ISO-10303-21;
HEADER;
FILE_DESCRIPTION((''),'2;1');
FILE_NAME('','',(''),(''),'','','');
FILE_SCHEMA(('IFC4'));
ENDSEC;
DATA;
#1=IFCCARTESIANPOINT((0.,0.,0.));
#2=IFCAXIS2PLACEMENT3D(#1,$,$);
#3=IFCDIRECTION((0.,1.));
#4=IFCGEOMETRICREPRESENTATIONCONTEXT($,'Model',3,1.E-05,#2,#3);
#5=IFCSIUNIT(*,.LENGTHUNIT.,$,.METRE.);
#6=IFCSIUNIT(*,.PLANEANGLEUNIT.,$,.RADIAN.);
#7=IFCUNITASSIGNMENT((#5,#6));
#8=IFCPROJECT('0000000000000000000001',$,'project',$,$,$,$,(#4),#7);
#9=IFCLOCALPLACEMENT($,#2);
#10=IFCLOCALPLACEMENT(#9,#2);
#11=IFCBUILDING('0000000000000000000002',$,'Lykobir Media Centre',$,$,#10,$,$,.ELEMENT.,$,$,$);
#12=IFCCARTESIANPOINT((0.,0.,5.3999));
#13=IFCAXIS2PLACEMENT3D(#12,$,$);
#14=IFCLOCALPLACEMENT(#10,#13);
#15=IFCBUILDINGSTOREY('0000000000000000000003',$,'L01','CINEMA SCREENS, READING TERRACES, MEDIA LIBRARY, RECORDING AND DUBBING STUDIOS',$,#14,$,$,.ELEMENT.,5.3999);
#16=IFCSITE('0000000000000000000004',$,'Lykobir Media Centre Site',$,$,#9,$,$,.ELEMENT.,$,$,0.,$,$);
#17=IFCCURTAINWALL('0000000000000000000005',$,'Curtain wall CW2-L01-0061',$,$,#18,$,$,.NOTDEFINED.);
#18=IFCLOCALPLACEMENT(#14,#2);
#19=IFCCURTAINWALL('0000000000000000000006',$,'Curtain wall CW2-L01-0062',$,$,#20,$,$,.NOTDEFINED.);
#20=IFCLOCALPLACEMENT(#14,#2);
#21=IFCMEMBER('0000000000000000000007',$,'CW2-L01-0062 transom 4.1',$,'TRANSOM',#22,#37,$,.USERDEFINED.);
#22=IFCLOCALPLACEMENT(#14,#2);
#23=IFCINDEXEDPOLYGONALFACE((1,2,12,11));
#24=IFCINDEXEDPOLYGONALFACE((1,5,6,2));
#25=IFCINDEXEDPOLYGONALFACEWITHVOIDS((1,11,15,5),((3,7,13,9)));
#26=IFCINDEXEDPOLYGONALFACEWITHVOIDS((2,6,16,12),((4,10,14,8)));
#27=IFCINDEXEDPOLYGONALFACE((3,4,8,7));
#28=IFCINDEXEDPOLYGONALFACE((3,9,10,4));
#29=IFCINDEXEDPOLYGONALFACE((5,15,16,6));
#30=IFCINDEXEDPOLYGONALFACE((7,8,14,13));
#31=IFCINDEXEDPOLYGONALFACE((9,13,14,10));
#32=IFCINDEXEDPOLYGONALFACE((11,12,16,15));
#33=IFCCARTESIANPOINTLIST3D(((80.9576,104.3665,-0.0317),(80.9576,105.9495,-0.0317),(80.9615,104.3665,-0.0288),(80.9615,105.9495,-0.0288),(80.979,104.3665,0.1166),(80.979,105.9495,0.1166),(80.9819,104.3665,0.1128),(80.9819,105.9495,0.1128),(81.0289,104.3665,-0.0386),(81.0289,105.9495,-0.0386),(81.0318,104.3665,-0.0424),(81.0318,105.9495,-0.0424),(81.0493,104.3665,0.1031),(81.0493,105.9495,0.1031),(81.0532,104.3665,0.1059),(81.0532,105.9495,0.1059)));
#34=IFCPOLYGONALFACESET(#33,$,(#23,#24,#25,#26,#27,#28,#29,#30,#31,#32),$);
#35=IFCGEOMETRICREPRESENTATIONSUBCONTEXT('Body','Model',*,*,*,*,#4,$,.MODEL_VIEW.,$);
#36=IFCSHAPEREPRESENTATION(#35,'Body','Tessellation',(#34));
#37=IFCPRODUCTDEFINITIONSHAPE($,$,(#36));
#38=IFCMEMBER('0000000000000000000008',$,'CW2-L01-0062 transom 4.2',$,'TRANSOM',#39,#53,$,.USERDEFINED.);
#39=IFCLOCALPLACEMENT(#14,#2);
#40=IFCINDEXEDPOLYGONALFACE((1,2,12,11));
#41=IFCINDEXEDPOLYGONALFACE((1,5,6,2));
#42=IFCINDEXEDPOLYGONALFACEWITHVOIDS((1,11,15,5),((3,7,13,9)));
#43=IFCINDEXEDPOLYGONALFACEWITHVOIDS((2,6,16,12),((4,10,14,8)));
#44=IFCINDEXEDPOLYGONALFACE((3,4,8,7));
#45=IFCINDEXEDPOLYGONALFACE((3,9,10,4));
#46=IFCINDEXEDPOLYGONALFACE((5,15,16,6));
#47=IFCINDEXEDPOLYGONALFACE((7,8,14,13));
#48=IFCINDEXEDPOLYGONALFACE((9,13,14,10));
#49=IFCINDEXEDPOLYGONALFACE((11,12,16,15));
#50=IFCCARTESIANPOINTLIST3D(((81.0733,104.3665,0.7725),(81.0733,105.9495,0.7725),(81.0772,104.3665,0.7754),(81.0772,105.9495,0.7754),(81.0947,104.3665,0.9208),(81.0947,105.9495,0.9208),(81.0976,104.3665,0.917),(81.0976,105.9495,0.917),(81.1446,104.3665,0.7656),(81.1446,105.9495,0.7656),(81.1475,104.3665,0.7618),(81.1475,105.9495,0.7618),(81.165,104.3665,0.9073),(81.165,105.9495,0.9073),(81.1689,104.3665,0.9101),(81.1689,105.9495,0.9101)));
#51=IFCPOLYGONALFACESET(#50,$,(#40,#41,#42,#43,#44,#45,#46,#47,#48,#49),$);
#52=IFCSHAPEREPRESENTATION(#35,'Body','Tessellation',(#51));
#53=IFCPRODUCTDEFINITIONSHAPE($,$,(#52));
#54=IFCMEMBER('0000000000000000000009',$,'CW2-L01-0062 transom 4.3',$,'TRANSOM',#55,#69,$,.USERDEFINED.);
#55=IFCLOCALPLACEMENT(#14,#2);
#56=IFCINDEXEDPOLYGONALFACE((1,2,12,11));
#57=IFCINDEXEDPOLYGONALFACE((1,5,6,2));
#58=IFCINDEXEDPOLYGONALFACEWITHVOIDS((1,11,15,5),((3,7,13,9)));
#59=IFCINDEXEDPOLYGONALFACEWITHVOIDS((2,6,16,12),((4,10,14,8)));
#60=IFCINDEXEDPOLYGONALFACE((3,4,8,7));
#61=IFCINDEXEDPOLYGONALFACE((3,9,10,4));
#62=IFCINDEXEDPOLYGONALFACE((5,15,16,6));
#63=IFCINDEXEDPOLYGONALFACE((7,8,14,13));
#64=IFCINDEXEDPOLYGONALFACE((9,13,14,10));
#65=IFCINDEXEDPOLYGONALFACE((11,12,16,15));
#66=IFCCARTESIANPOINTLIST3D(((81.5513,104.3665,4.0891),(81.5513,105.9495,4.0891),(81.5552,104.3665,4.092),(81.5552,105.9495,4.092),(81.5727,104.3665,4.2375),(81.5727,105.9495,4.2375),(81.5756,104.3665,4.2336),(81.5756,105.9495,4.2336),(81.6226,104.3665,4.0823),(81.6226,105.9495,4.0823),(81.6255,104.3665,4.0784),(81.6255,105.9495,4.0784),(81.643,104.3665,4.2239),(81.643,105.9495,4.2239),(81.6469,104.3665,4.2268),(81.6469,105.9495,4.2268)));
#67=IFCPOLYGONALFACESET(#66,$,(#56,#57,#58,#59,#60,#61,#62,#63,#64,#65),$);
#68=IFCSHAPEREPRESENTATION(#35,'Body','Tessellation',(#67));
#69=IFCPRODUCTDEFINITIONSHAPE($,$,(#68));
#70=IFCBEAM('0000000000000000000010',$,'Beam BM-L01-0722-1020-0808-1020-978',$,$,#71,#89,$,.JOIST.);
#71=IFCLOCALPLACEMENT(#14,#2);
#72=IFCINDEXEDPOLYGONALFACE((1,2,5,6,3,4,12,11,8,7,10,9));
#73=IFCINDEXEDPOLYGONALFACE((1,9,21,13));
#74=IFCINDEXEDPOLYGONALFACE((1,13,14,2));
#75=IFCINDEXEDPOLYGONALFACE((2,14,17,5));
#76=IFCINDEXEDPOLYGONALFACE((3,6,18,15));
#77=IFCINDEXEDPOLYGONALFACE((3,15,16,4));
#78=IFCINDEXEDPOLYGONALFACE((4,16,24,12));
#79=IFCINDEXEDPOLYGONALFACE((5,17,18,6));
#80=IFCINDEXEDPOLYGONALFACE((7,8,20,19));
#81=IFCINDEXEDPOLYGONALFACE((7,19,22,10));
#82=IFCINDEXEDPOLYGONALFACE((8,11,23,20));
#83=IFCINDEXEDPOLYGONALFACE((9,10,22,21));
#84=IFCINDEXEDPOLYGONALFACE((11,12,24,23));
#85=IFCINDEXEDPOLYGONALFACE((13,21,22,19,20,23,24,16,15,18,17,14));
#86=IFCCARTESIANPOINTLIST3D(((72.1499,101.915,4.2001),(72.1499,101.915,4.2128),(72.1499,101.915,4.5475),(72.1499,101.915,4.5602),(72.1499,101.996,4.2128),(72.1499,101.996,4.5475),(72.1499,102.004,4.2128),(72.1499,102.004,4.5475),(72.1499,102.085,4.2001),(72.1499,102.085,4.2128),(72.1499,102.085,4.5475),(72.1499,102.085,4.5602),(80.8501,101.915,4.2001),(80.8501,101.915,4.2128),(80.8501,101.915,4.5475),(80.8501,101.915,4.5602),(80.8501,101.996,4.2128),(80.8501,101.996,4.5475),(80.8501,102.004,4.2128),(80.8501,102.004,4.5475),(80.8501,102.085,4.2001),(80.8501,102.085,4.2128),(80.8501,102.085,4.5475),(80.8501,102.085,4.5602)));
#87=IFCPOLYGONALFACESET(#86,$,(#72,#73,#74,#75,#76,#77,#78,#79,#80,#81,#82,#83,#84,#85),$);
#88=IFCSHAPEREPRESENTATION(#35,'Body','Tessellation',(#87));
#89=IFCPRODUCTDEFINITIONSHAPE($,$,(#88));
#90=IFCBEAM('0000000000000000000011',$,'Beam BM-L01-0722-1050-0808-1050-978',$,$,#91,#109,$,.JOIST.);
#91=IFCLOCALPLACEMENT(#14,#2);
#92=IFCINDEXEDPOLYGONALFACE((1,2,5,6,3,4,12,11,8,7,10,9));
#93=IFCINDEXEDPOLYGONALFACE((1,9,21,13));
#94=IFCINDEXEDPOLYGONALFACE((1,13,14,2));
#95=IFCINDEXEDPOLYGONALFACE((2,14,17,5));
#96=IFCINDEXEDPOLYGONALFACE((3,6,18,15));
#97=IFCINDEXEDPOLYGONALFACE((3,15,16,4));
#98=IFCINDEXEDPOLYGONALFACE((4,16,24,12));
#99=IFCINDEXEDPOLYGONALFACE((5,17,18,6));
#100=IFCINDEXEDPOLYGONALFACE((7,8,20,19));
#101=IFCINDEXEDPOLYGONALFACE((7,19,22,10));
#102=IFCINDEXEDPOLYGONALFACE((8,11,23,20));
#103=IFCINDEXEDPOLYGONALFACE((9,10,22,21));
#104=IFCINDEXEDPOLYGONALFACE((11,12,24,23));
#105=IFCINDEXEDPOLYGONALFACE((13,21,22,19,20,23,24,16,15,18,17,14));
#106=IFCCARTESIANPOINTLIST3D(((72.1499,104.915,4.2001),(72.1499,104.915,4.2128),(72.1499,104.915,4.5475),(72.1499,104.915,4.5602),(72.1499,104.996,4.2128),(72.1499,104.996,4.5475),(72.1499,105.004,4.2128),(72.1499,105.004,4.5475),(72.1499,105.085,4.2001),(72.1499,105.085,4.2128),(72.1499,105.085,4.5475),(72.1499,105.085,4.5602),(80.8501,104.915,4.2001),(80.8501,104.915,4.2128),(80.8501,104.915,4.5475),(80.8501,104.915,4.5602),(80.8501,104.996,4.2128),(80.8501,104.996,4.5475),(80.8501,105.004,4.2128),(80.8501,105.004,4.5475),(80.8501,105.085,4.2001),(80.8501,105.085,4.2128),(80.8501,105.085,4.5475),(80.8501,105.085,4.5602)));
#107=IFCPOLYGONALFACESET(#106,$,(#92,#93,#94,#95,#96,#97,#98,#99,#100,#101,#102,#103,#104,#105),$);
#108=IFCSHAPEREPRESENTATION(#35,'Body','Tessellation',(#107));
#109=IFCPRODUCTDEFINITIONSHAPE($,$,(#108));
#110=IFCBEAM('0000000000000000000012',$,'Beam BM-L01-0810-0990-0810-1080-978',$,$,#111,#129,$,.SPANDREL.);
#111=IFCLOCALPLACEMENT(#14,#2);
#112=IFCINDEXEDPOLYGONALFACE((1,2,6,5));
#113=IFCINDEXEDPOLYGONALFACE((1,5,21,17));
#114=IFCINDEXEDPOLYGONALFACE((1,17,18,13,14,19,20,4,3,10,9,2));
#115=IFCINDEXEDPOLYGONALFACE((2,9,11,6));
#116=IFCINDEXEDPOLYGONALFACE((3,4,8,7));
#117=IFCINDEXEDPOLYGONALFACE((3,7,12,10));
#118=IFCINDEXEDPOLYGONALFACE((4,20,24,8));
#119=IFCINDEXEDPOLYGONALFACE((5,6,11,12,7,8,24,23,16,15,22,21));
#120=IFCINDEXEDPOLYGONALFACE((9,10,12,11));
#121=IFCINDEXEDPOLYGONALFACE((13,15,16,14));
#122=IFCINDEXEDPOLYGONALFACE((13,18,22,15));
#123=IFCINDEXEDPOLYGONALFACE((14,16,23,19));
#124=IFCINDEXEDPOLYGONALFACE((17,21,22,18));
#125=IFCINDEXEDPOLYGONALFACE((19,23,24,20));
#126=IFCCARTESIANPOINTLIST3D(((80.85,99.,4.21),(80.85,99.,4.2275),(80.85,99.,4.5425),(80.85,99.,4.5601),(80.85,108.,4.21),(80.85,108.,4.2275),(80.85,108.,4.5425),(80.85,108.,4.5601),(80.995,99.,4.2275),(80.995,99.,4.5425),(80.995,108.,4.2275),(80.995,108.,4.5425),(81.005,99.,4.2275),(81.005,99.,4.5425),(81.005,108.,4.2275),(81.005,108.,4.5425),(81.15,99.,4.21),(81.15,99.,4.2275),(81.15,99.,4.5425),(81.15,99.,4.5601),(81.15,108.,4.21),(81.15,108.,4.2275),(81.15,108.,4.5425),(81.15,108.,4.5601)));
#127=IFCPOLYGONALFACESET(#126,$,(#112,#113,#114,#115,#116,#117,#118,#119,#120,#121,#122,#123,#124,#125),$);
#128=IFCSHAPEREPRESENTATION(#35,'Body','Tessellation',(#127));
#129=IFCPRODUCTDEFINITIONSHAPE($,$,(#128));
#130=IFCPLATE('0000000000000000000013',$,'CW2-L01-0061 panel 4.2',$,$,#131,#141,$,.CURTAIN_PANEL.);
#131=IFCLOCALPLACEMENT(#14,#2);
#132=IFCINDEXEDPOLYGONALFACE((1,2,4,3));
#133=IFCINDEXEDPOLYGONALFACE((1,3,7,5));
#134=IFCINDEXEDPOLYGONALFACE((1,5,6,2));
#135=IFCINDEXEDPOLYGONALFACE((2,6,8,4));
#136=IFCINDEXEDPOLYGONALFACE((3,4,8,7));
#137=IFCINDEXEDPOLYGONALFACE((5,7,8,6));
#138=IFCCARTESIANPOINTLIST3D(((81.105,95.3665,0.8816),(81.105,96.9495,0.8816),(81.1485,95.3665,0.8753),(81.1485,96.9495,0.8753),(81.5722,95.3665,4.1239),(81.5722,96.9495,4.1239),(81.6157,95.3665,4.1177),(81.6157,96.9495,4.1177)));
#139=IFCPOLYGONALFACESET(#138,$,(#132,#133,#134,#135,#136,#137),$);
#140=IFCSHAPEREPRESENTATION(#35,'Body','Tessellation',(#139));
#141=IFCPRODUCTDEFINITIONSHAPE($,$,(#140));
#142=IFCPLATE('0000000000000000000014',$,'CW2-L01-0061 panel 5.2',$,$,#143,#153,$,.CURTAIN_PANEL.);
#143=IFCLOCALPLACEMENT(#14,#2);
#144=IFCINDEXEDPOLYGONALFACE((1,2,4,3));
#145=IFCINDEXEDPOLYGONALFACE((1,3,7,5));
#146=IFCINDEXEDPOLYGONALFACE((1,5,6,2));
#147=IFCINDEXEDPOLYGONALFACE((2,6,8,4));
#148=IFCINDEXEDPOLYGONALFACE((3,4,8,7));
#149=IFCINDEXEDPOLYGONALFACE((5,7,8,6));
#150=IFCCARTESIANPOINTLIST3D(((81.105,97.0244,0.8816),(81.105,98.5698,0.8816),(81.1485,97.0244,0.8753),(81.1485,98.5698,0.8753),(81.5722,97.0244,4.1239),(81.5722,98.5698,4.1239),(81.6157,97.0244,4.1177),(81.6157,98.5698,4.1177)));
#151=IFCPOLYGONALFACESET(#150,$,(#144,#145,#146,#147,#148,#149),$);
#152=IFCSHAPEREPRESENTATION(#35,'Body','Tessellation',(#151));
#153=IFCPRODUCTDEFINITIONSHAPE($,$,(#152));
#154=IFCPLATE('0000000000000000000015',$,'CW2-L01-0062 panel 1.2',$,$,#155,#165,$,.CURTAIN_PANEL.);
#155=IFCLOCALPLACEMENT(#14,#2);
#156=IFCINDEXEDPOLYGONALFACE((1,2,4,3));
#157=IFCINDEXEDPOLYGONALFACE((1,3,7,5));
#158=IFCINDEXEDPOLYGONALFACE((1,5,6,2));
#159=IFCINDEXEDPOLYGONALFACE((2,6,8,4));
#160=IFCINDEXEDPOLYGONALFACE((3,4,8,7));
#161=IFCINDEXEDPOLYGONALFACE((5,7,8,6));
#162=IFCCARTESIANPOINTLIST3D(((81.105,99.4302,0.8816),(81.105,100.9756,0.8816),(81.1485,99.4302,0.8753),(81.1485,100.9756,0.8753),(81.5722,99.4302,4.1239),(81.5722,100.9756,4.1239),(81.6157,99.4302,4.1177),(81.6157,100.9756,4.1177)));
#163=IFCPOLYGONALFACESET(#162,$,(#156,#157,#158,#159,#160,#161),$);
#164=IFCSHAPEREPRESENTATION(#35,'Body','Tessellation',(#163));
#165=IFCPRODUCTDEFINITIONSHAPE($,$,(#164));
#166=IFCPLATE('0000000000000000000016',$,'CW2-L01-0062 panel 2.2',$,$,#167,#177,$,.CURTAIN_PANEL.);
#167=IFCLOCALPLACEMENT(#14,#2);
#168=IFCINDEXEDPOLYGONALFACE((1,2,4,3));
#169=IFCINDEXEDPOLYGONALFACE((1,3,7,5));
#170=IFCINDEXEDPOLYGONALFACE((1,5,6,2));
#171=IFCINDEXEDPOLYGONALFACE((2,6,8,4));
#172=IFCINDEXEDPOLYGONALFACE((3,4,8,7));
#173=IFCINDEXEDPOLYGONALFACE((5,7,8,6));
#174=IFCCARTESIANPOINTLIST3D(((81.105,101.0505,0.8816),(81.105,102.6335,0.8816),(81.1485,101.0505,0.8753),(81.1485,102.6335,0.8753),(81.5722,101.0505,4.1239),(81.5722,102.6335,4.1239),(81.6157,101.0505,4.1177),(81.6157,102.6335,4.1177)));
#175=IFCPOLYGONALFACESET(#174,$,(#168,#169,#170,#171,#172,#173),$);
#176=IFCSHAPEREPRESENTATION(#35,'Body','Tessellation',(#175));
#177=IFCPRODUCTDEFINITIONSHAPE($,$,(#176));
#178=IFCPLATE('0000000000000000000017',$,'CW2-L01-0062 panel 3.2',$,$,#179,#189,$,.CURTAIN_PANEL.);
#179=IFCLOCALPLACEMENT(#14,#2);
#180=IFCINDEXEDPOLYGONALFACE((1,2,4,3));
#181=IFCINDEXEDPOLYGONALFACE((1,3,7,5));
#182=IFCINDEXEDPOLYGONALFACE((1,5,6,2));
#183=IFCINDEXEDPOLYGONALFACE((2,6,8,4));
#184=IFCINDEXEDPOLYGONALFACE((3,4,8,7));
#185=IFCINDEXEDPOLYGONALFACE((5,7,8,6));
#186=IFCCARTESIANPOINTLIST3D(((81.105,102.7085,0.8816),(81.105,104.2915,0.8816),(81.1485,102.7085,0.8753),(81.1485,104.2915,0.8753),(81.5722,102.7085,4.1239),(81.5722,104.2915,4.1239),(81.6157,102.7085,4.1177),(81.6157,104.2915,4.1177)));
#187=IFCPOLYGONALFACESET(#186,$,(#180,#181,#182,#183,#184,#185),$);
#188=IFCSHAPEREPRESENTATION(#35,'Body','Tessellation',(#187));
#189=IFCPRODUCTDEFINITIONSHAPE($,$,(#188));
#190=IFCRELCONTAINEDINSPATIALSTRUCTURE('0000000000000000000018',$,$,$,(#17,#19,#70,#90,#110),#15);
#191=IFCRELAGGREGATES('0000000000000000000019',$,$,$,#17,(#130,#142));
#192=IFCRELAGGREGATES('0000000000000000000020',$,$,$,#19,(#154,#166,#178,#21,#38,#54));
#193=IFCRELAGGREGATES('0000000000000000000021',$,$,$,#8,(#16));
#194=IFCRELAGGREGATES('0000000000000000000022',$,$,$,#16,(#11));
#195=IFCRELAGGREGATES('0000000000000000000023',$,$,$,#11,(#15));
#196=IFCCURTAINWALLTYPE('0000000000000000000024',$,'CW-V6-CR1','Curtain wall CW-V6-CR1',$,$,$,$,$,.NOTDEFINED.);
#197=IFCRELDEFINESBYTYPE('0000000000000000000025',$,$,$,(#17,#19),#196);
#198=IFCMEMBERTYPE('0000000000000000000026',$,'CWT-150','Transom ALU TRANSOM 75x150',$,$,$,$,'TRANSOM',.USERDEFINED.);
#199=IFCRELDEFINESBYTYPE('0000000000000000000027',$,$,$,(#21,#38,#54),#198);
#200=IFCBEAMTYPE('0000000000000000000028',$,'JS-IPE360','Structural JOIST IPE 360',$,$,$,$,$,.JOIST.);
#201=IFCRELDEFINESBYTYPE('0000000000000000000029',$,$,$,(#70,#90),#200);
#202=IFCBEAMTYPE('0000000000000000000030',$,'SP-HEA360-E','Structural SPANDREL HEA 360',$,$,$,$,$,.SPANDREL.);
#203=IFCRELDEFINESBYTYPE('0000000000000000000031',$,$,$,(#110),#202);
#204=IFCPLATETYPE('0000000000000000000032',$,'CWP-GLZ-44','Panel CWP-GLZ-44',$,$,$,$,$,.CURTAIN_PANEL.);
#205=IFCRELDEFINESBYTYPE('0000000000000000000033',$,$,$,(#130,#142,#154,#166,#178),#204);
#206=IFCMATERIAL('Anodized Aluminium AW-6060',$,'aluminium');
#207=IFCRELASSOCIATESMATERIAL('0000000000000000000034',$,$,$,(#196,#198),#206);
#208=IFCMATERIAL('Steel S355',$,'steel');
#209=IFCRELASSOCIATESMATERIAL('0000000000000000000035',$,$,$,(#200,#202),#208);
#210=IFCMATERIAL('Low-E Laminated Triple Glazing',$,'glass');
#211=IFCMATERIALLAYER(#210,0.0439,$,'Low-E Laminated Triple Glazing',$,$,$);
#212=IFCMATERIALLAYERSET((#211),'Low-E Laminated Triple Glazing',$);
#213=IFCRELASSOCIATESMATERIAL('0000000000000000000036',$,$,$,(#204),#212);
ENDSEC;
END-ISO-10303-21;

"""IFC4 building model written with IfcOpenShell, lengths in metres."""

from ifc_helpers import new_model, si_unit, direction, frame, origin, origin_2d, place, context, subcontext, project, spatial, rectangle, hollow_rectangle, i_section, extrude, material, layer, layer_set, material_profile, profile_set, type_object, element, aggregate, save


model = new_model("IFC4")

# Units and contexts
model_context = context("Model", 3, precision=1e-05, world=origin(), true_north=direction((0.0, 1.0)))
body_context = subcontext(model_context, "Body", "Model", "MODEL_VIEW")
ifc_project = project(units=[si_unit("LENGTHUNIT", "METRE"), si_unit("PLANEANGLEUNIT", "RADIAN")], contexts=[model_context])

# Site, building, storey
site_placement = place(None, origin())
site = spatial("IfcSite", under=ifc_project, at=site_placement, Name="Lykobir Media Centre Site", CompositionType="ELEMENT", RefElevation=0.0)
building_placement = place(site_placement, origin())
building = spatial("IfcBuilding", under=site, at=building_placement, Name="Lykobir Media Centre", CompositionType="ELEMENT")
storey_placement = place(building_placement, frame((0.0, 0.0, 5.3999)))
storey = spatial("IfcBuildingStorey", under=building, at=storey_placement, Name="L01", Description="CINEMA SCREENS, READING TERRACES, MEDIA LIBRARY, RECORDING AND DUBBING STUDIOS", CompositionType="ELEMENT", Elevation=5.3999)

# Shared definitions
ifc_material_1 = material(Name="Steel S355", Category="steel")

# Curtain walls
ifc_material_2 = material(Name="Anodized Aluminium AW-6060", Category="aluminium")
curtain_wall_type = type_object("IfcCurtainWallType", Name="CW-V6-CR1", Description="Curtain wall CW-V6-CR1", PredefinedType="NOTDEFINED", material=ifc_material_2)
curtain_wall_1_placement = place(storey_placement, origin())
curtain_wall_1 = element("IfcCurtainWall", 1, at=curtain_wall_1_placement, inside=storey, type_object=curtain_wall_type, Name="Curtain wall CW2-L01-0061", PredefinedType="NOTDEFINED")
curtain_wall_2_placement = place(storey_placement, origin())
curtain_wall_2 = element("IfcCurtainWall", 2, at=curtain_wall_2_placement, inside=storey, type_object=curtain_wall_type, Name="Curtain wall CW2-L01-0062", PredefinedType="NOTDEFINED")

# Members
ifc_material_profile_1 = material_profile(ifc_material_2, hollow_rectangle(XDim=0.075, YDim=0.1499, WallThickness=0.0034, at=origin_2d()), Name="ALU TRANSOM 75x150")
ifc_profile_set_1 = profile_set([ifc_material_profile_1], Name="Anodized Aluminium AW-6060")
member_type_1 = type_object("IfcMemberType", Name="CWT-150", Description="Transom ALU TRANSOM 75x150", ElementType="TRANSOM", PredefinedType="USERDEFINED", material=ifc_profile_set_1)
member_1_placement = place(storey_placement, frame((81.0054, 104.3665, 0.0371), z_axis=(0.0, 1.0, 0.0), x_axis=(-0.989776, 0.0, 0.142629)))
member_1 = element("IfcMember", 3, at=member_1_placement, type_object=member_type_1, Name="CW2-L01-0062 transom 4.1", ObjectType="TRANSOM", PredefinedType="USERDEFINED", context=body_context, shape_type="SweptSolid", body=[
    extrude(hollow_rectangle(XDim=0.075, YDim=0.1499, WallThickness=0.0034, at=origin_2d()), origin(), (0.0, 0.0, 1.0), 1.583),
])
member_2_placement = place(storey_placement, frame((81.1211, 104.3665, 0.8413), z_axis=(0.0, 1.0, 0.0), x_axis=(-0.989776, 0.0, 0.142629)))
member_2 = element("IfcMember", 4, at=member_2_placement, type_object=member_type_1, Name="CW2-L01-0062 transom 4.2", ObjectType="TRANSOM", PredefinedType="USERDEFINED", context=body_context, shape_type="SweptSolid", body=[
    extrude(hollow_rectangle(XDim=0.075, YDim=0.1499, WallThickness=0.0034, at=origin_2d()), origin(), (0.0, 0.0, 1.0), 1.583),
])
member_3_placement = place(storey_placement, frame((81.5991, 104.3665, 4.158), z_axis=(0.0, 1.0, 0.0), x_axis=(-0.989776, 0.0, 0.142629)))
member_3 = element("IfcMember", 5, at=member_3_placement, type_object=member_type_1, Name="CW2-L01-0062 transom 4.3", ObjectType="TRANSOM", PredefinedType="USERDEFINED", context=body_context, shape_type="SweptSolid", body=[
    extrude(hollow_rectangle(XDim=0.075, YDim=0.1499, WallThickness=0.0034, at=origin_2d()), origin(), (0.0, 0.0, 1.0), 1.583),
])

# Beams
ifc_material_profile_2 = material_profile(ifc_material_1, i_section(OverallWidth=0.1699, OverallDepth=0.3601, WebThickness=0.0081, FlangeThickness=0.0127, at=origin_2d()), Name="IPE 360")
ifc_profile_set_2 = profile_set([ifc_material_profile_2], Name="Steel S355")
beam_type_1 = type_object("IfcBeamType", Name="JS-IPE360", Description="Structural JOIST IPE 360", PredefinedType="JOIST", material=ifc_profile_set_2)
for number, where, z_axis, x_axis, name in (
    (6, (72.1499, 102.0, 4.3801), (1.0, 0.0, 0.0), (0.0, 1.0, 0.0), "Beam BM-L01-0722-1020-0808-1020-978"),
    (7, (72.1499, 105.0, 4.3801), (1.0, 0.0, 0.0), (0.0, 1.0, 0.0), "Beam BM-L01-0722-1050-0808-1050-978"),
):
    element("IfcBeam", number, at=place(storey_placement, frame(where, z_axis=z_axis, x_axis=x_axis)), inside=storey, type_object=beam_type_1, Name=name, PredefinedType="JOIST", context=body_context, shape_type="SweptSolid", body=[
        extrude(i_section(OverallWidth=0.1699, OverallDepth=0.3601, WebThickness=0.0081, FlangeThickness=0.0127, at=origin_2d()), origin(), (0.0, 0.0, 1.0), 8.7002),
    ])
ifc_material_profile_3 = material_profile(ifc_material_1, i_section(OverallWidth=0.3, OverallDepth=0.3501, WebThickness=0.01, FlangeThickness=0.0176, at=origin_2d()), Name="HEA 360")
ifc_profile_set_3 = profile_set([ifc_material_profile_3], Name="Steel S355")
beam_type_2 = type_object("IfcBeamType", Name="SP-HEA360-E", Description="Structural SPANDREL HEA 360", PredefinedType="SPANDREL", material=ifc_profile_set_3)
beam_1_placement = place(storey_placement, frame((81.0, 99.0, 4.385), z_axis=(0.0, 1.0, 0.0), x_axis=(-1.0, 0.0, 0.0)))
element("IfcBeam", 8, at=beam_1_placement, inside=storey, type_object=beam_type_2, Name="Beam BM-L01-0810-0990-0810-1080-978", PredefinedType="SPANDREL", context=body_context, shape_type="SweptSolid", body=[
    extrude(i_section(OverallWidth=0.3, OverallDepth=0.3501, WebThickness=0.01, FlangeThickness=0.0176, at=origin_2d()), origin(), (0.0, 0.0, 1.0), 9.0),
])

# Plates
ifc_material_3 = material(Name="Low-E Laminated Triple Glazing", Category="glass")
ifc_layer_1 = layer(ifc_material_3, 0.0439, Name="Low-E Laminated Triple Glazing")
ifc_layer_set_1 = layer_set([ifc_layer_1], Name="Low-E Laminated Triple Glazing")
plate_type_1 = type_object("IfcPlateType", Name="CWP-GLZ-44", Description="Panel CWP-GLZ-44", PredefinedType="CURTAIN_PANEL", material=ifc_layer_set_1)
plate_1_placement = place(storey_placement, frame((81.1267, 96.158, 0.8784), z_axis=(0.142629, 0.0, 0.989776), x_axis=(0.0, 1.0, 0.0)))
plate_1 = element("IfcPlate", 9, at=plate_1_placement, type_object=plate_type_1, Name="CW2-L01-0061 panel 4.2", PredefinedType="CURTAIN_PANEL", context=body_context, shape_type="SweptSolid", body=[
    extrude(rectangle(XDim=1.583, YDim=0.0439, at=origin_2d()), origin(), (0.0, 0.0, 1.0), 3.2759),
])
plate_2_placement = place(storey_placement, frame((81.1267, 97.7971, 0.8784), z_axis=(0.142629, 0.0, 0.989776), x_axis=(0.0, 1.0, 0.0)))
plate_2 = element("IfcPlate", 10, at=plate_2_placement, type_object=plate_type_1, Name="CW2-L01-0061 panel 5.2", PredefinedType="CURTAIN_PANEL", context=body_context, shape_type="SweptSolid", body=[
    extrude(rectangle(XDim=1.5454, YDim=0.0439, at=origin_2d()), origin(), (0.0, 0.0, 1.0), 3.2759),
])
plate_3_placement = place(storey_placement, frame((81.1267, 100.2029, 0.8784), z_axis=(0.142629, 0.0, 0.989776), x_axis=(0.0, 1.0, 0.0)))
plate_3 = element("IfcPlate", 11, at=plate_3_placement, type_object=plate_type_1, Name="CW2-L01-0062 panel 1.2", PredefinedType="CURTAIN_PANEL", context=body_context, shape_type="SweptSolid", body=[
    extrude(rectangle(XDim=1.5454, YDim=0.0439, at=origin_2d()), origin(), (0.0, 0.0, 1.0), 3.2759),
])
plate_4_placement = place(storey_placement, frame((81.1267, 101.842, 0.8784), z_axis=(0.142629, 0.0, 0.989776), x_axis=(0.0, 1.0, 0.0)))
plate_4 = element("IfcPlate", 12, at=plate_4_placement, type_object=plate_type_1, Name="CW2-L01-0062 panel 2.2", PredefinedType="CURTAIN_PANEL", context=body_context, shape_type="SweptSolid", body=[
    extrude(rectangle(XDim=1.583, YDim=0.0439, at=origin_2d()), origin(), (0.0, 0.0, 1.0), 3.2759),
])
plate_5_placement = place(storey_placement, frame((81.1267, 103.5, 0.8784), z_axis=(0.142629, 0.0, 0.989776), x_axis=(0.0, 1.0, 0.0)))
plate_5 = element("IfcPlate", 13, at=plate_5_placement, type_object=plate_type_1, Name="CW2-L01-0062 panel 3.2", PredefinedType="CURTAIN_PANEL", context=body_context, shape_type="SweptSolid", body=[
    extrude(rectangle(XDim=1.583, YDim=0.0439, at=origin_2d()), origin(), (0.0, 0.0, 1.0), 3.2759),
])
aggregate(curtain_wall_1, [plate_1, plate_2])
aggregate(curtain_wall_2, [plate_3, plate_4, plate_5, member_1, member_2, member_3])

save(model, "model.ifc")
